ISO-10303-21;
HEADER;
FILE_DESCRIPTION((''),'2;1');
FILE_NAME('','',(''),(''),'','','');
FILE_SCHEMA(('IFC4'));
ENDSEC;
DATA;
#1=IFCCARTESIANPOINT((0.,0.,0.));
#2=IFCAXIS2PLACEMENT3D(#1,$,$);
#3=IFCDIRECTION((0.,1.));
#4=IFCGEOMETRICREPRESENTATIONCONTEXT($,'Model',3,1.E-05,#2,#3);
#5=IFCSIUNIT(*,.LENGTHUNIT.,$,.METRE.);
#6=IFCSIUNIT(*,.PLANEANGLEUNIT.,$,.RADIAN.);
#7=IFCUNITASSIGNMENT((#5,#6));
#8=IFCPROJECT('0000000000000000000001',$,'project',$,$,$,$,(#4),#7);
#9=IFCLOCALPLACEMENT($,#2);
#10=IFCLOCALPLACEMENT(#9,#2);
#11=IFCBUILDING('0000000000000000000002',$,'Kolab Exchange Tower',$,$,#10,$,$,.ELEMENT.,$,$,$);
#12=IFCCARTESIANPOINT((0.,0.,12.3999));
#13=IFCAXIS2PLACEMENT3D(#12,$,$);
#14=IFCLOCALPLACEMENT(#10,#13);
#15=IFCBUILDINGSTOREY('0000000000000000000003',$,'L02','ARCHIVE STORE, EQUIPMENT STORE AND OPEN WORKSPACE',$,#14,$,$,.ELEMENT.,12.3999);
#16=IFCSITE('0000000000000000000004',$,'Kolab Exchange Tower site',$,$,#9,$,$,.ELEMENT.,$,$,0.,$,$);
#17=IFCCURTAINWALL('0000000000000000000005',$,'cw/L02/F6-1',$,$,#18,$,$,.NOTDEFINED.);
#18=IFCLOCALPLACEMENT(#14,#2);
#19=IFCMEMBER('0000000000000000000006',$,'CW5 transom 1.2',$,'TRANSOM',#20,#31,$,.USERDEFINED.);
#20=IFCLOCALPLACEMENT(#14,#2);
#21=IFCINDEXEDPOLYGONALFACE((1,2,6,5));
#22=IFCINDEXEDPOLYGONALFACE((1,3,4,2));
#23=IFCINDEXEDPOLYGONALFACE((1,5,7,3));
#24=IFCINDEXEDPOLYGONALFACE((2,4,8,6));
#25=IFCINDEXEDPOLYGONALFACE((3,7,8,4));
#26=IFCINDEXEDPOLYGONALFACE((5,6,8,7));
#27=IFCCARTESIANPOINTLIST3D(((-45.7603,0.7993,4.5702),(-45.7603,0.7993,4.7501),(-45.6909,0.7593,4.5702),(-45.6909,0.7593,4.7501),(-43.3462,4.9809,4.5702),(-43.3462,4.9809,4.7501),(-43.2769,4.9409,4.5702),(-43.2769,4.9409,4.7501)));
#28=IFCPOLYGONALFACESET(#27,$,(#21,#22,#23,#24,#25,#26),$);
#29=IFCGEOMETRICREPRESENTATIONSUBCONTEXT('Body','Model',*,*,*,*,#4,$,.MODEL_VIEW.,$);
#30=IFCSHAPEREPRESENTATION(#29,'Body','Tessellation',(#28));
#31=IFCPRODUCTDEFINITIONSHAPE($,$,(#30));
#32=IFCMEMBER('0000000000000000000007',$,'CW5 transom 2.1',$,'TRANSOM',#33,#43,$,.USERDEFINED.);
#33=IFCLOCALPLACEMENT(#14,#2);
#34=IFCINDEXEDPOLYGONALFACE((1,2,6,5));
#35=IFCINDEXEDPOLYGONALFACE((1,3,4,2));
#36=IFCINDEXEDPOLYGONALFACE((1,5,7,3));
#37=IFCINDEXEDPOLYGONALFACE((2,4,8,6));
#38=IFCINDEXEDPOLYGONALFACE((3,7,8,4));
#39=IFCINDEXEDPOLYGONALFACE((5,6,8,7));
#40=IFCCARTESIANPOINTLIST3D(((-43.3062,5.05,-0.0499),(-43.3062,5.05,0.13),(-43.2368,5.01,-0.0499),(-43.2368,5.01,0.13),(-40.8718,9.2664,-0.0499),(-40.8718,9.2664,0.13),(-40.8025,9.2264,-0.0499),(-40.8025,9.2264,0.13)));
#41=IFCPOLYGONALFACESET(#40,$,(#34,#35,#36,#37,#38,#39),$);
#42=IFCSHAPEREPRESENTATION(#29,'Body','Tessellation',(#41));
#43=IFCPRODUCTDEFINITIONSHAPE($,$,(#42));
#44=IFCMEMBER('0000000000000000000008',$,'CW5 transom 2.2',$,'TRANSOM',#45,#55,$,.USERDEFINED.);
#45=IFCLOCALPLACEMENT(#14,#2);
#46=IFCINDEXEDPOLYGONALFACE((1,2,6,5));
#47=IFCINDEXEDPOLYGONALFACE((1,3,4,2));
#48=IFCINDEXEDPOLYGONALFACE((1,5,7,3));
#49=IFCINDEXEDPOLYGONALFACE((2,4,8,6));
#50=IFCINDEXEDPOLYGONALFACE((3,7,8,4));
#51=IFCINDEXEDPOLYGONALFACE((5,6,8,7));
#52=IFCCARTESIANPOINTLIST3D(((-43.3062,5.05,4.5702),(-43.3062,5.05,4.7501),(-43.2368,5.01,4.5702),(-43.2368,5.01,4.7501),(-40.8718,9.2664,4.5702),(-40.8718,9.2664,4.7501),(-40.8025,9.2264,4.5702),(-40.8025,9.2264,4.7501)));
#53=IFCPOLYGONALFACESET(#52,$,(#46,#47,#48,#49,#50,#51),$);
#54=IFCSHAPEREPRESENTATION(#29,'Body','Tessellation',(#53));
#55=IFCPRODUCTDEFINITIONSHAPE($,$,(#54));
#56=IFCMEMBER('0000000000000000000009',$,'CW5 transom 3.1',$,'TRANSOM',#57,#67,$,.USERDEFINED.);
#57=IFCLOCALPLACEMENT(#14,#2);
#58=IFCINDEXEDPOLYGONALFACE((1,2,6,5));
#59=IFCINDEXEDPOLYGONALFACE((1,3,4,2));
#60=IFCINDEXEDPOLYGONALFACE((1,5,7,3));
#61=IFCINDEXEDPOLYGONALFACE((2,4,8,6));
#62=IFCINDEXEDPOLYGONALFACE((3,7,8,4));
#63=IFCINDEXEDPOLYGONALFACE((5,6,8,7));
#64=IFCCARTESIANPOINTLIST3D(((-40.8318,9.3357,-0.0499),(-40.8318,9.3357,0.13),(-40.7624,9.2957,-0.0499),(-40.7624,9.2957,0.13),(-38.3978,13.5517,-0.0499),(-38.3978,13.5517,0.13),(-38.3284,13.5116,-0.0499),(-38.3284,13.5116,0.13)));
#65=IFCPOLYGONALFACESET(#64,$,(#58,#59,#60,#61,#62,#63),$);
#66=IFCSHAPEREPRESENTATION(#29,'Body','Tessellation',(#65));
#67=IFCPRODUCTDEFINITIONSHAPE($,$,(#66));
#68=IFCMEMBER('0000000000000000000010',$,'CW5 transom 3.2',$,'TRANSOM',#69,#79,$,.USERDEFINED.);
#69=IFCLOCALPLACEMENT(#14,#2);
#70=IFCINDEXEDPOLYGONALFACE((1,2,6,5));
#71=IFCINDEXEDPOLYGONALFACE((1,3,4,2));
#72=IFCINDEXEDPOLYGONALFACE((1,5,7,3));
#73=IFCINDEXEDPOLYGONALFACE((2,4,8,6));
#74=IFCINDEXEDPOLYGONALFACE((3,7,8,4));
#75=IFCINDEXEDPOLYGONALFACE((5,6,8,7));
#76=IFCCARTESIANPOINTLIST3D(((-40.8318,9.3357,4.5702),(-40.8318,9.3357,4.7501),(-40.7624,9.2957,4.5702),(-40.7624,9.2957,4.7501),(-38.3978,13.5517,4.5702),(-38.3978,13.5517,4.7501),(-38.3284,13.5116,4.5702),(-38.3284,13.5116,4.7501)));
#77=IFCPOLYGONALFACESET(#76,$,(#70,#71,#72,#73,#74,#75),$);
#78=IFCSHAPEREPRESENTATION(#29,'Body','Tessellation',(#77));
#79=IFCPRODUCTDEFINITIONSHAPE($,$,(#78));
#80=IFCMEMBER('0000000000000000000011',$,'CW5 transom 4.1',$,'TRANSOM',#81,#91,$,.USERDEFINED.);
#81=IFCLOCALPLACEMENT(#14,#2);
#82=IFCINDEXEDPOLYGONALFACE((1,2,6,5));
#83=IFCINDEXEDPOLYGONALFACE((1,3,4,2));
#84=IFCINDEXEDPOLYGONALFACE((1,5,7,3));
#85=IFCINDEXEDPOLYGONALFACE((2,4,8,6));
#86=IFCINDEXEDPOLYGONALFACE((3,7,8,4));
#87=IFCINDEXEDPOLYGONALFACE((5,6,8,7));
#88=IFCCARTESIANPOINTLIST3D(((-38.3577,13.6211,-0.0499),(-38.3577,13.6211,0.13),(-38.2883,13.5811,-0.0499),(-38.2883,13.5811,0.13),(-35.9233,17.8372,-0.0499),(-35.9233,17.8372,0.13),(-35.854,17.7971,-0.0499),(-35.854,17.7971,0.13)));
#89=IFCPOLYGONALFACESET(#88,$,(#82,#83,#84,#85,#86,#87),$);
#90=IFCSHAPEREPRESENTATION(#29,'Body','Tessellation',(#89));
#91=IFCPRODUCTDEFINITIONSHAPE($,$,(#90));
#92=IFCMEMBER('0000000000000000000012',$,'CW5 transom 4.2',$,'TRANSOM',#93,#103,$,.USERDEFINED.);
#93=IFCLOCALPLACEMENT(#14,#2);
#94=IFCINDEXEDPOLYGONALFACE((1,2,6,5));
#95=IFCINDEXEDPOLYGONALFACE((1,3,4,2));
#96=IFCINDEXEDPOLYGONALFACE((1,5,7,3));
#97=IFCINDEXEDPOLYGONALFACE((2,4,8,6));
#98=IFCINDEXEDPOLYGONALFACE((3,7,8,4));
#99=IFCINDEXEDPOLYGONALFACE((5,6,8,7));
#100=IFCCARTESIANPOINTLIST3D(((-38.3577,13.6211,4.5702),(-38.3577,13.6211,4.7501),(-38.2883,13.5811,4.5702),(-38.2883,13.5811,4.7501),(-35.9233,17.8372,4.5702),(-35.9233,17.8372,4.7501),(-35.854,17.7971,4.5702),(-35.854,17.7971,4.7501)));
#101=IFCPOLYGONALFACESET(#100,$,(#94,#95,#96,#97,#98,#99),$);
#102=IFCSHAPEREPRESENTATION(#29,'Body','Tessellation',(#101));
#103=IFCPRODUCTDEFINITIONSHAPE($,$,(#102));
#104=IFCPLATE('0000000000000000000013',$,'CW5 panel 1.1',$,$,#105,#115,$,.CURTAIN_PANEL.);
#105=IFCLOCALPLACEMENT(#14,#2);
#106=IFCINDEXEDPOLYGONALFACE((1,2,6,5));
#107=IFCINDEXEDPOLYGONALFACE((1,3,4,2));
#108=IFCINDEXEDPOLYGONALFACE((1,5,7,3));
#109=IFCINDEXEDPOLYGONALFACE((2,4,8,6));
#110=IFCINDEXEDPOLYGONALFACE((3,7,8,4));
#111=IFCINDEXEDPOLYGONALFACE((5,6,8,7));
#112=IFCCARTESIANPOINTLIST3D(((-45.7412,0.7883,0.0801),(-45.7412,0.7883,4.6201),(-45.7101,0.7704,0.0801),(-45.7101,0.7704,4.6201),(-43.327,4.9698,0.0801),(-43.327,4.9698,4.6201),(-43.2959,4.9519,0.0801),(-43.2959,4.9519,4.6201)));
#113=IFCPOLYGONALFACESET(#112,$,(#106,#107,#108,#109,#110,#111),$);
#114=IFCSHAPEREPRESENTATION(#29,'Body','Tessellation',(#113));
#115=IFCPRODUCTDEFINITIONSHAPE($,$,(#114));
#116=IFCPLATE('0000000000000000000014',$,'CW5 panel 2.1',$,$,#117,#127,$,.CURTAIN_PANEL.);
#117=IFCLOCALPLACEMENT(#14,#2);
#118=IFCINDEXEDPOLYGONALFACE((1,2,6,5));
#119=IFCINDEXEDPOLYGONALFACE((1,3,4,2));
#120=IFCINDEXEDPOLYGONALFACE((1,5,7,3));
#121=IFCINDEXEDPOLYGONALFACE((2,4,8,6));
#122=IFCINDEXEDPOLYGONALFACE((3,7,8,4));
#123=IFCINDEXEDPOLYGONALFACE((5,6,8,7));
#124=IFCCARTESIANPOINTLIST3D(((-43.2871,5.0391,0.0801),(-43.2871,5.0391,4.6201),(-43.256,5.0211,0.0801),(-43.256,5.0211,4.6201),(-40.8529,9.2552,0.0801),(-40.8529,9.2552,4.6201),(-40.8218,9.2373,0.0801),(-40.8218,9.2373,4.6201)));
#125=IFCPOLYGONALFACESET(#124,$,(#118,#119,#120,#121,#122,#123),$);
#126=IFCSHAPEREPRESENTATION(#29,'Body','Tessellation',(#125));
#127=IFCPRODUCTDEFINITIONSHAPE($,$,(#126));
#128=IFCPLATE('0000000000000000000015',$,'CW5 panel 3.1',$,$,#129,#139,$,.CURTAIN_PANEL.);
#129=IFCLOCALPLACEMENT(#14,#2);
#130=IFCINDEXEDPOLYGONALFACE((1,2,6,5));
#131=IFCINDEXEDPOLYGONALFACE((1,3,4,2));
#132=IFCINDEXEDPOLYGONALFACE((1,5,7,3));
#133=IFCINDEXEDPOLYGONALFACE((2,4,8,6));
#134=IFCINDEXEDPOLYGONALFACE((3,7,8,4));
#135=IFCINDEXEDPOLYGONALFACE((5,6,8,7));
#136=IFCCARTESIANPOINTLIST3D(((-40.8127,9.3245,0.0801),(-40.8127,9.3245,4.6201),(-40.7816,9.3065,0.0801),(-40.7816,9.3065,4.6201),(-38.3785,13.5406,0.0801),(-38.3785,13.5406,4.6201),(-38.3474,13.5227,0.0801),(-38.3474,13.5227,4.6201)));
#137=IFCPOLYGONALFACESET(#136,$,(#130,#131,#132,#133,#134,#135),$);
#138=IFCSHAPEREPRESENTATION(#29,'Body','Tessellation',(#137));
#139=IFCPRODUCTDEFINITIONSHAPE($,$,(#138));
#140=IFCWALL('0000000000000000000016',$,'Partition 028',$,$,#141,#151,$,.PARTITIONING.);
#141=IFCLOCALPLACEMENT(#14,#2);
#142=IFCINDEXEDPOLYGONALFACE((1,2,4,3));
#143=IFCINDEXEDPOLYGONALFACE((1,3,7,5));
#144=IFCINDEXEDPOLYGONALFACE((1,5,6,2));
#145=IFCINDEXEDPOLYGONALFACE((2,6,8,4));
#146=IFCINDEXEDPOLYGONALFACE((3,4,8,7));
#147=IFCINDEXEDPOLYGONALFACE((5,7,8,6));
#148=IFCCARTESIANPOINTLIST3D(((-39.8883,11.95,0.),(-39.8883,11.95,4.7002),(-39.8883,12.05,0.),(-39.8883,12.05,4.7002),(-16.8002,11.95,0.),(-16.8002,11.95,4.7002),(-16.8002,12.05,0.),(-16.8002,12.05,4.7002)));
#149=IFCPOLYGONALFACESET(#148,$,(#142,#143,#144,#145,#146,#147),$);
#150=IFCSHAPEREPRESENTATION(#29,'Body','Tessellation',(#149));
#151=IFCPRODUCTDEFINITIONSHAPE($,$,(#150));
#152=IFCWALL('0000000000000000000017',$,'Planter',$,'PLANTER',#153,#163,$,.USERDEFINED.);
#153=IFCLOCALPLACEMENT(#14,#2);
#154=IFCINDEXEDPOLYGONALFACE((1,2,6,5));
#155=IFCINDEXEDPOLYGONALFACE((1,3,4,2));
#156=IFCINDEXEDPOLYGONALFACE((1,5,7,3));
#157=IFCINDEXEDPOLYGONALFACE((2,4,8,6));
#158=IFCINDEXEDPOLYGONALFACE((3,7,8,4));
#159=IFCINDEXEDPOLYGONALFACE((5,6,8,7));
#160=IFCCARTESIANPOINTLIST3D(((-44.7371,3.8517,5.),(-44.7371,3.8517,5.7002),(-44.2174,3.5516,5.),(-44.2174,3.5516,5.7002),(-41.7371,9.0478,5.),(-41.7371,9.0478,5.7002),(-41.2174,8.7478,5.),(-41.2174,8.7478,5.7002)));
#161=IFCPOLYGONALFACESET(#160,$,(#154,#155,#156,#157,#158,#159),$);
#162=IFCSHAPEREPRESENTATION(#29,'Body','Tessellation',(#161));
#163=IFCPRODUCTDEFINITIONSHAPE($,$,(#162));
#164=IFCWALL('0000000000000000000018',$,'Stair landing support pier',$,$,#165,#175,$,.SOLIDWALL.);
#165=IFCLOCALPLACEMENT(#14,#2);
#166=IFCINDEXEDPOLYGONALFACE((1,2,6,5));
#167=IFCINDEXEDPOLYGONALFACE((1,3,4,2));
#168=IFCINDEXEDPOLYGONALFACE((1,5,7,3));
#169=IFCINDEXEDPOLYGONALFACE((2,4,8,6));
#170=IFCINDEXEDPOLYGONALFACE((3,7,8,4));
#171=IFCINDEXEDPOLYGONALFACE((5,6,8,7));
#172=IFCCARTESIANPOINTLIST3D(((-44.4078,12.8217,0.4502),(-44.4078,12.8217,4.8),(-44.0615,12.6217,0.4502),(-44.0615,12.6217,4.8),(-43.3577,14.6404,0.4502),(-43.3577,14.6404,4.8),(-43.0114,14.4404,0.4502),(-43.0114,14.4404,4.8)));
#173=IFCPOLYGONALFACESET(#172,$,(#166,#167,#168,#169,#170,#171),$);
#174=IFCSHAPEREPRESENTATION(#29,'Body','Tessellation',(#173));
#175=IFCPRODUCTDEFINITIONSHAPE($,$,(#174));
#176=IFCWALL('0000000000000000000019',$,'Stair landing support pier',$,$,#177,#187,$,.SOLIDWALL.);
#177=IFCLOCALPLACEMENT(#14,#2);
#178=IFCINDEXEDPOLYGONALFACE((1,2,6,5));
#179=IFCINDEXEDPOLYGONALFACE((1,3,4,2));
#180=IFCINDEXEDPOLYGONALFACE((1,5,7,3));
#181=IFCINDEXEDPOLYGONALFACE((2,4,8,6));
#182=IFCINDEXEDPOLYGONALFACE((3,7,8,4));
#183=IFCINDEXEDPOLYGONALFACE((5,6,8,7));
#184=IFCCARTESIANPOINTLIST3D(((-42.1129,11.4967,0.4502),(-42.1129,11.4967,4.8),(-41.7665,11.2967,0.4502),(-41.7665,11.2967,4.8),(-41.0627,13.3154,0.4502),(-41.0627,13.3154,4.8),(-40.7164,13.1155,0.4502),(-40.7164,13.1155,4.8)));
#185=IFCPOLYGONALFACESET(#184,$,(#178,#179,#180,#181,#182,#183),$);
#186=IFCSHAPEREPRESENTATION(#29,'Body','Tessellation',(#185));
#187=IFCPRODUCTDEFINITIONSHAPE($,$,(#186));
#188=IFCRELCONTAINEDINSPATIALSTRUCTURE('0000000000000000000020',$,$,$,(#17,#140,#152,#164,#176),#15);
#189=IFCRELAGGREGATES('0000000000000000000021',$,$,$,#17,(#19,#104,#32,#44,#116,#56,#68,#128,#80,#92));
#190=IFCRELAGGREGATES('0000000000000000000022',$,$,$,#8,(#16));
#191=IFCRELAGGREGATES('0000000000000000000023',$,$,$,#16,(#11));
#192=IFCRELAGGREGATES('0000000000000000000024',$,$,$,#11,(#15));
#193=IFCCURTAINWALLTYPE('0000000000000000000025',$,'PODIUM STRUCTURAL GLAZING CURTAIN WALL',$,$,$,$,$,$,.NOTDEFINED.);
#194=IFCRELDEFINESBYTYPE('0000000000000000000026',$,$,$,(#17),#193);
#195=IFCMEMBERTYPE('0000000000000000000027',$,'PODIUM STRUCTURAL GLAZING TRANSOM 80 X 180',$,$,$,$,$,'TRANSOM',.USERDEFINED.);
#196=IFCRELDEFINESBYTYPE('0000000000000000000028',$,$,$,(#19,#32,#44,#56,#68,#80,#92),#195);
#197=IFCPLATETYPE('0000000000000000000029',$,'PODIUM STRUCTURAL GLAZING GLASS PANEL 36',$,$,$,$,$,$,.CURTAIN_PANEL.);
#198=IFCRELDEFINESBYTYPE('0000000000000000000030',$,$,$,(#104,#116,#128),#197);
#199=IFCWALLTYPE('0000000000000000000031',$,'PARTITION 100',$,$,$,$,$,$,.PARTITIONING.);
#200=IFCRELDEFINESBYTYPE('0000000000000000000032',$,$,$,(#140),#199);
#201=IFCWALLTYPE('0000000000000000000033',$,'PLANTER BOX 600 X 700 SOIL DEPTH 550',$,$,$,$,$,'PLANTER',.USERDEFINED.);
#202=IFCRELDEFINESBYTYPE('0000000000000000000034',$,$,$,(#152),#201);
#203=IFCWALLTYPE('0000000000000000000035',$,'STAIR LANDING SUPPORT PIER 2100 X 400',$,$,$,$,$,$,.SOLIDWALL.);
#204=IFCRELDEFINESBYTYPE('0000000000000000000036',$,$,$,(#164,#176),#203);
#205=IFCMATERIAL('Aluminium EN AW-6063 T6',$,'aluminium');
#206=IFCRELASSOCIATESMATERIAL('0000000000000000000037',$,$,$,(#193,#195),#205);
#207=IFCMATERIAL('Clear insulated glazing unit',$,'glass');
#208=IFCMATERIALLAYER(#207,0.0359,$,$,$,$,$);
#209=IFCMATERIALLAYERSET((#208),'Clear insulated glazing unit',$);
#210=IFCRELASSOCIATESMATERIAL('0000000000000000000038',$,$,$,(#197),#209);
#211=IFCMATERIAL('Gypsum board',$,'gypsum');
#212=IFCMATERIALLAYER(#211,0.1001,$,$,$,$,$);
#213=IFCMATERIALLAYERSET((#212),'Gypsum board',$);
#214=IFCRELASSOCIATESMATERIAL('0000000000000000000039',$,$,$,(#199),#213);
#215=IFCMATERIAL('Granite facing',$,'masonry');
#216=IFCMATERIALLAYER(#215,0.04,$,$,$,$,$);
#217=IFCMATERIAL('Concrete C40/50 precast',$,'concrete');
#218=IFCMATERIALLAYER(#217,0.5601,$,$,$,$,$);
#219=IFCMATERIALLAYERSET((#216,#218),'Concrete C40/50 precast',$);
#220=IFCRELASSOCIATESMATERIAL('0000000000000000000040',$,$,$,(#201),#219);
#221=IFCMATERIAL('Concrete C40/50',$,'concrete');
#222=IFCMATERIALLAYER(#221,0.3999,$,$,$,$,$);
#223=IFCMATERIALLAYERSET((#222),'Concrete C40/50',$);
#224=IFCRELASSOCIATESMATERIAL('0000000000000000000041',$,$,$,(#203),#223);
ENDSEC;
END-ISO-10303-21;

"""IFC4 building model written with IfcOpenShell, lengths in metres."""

from ifc_helpers import new_model, si_unit, direction, frame, frame_2d, origin, origin_2d, place, context, subcontext, project, spatial, rectangle, extrude, material, layer, layer_set, material_profile, profile_set, type_object, element, aggregate, save


model = new_model("IFC4")

# Units and contexts
model_context = context("Model", 3, precision=1e-05, world=origin(), true_north=direction((0.0, 1.0)))
body_context = subcontext(model_context, "Body", "Model", "MODEL_VIEW")
ifc_project = project(units=[si_unit("LENGTHUNIT", "METRE"), si_unit("PLANEANGLEUNIT", "RADIAN")], contexts=[model_context])

# Site, building, storey
site_placement = place(None, origin())
site = spatial("IfcSite", under=ifc_project, at=site_placement, Name="Kolab Exchange Tower site", CompositionType="ELEMENT", RefElevation=0.0)
building_placement = place(site_placement, origin())
building = spatial("IfcBuilding", under=site, at=building_placement, Name="Kolab Exchange Tower", CompositionType="ELEMENT")
storey_placement = place(building_placement, frame((0.0, 0.0, 12.3999)))
storey = spatial("IfcBuildingStorey", under=building, at=storey_placement, Name="L02", Description="ARCHIVE STORE, EQUIPMENT STORE AND OPEN WORKSPACE", CompositionType="ELEMENT", Elevation=12.3999)

# Curtain wall
ifc_material_1 = material(Name="Aluminium EN AW-6063 T6", Category="aluminium")
curtain_wall_type = type_object("IfcCurtainWallType", Name="PODIUM STRUCTURAL GLAZING CURTAIN WALL", PredefinedType="NOTDEFINED", material=ifc_material_1)
curtain_wall_1_placement = place(storey_placement, origin())
curtain_wall_1 = element("IfcCurtainWall", 1, at=curtain_wall_1_placement, inside=storey, type_object=curtain_wall_type, Name="cw/L02/F6-1", PredefinedType="NOTDEFINED")

# Members
ifc_material_profile_1 = material_profile(ifc_material_1, rectangle(XDim=0.0801, YDim=0.1799, at=origin_2d()), Name="RECT 80X180")
ifc_profile_set_1 = profile_set([ifc_material_profile_1], Name="Aluminium EN AW-6063 T6")
member_type_1 = type_object("IfcMemberType", Name="PODIUM STRUCTURAL GLAZING TRANSOM 80 X 180", ElementType="TRANSOM", PredefinedType="USERDEFINED", material=ifc_profile_set_1)
member_1_placement = place(storey_placement, frame((-45.7256, 0.7793, 4.6602), z_axis=(0.499968, 0.866044, 0.0), x_axis=(-0.866044, 0.499968, 0.0)))
member_1 = element("IfcMember", 2, at=member_1_placement, type_object=member_type_1, Name="CW5 transom 1.2", ObjectType="TRANSOM", PredefinedType="USERDEFINED", context=body_context, shape_type="SweptSolid", body=[
    extrude(rectangle(XDim=0.0801, YDim=0.1799, at=origin_2d()), origin(), (0.0, 0.0, 1.0), 4.8284),
])
member_2_placement = place(storey_placement, frame((-43.2715, 5.03, 0.04), z_axis=(0.500006, 0.866022, 0.0), x_axis=(-0.866022, 0.500006, 0.0)))
member_2 = element("IfcMember", 3, at=member_2_placement, type_object=member_type_1, Name="CW5 transom 2.1", ObjectType="TRANSOM", PredefinedType="USERDEFINED", context=body_context, shape_type="SweptSolid", body=[
    extrude(rectangle(XDim=0.0801, YDim=0.1799, at=origin_2d()), origin(), (0.0, 0.0, 1.0), 4.8687),
])
member_3_placement = place(storey_placement, frame((-43.2715, 5.03, 4.6602), z_axis=(0.500006, 0.866022, 0.0), x_axis=(-0.866022, 0.500006, 0.0)))
member_3 = element("IfcMember", 4, at=member_3_placement, type_object=member_type_1, Name="CW5 transom 2.2", ObjectType="TRANSOM", PredefinedType="USERDEFINED", context=body_context, shape_type="SweptSolid", body=[
    extrude(rectangle(XDim=0.0801, YDim=0.1799, at=origin_2d()), origin(), (0.0, 0.0, 1.0), 4.8687),
])
member_4_placement = place(storey_placement, frame((-40.7971, 9.3157, 0.04), z_axis=(0.49999, 0.866031, 0.0), x_axis=(-0.866031, 0.49999, 0.0)))
member_4 = element("IfcMember", 5, at=member_4_placement, type_object=member_type_1, Name="CW5 transom 3.1", ObjectType="TRANSOM", PredefinedType="USERDEFINED", context=body_context, shape_type="SweptSolid", body=[
    extrude(rectangle(XDim=0.0801, YDim=0.1799, at=origin_2d()), origin(), (0.0, 0.0, 1.0), 4.8682),
])
member_5_placement = place(storey_placement, frame((-40.7971, 9.3157, 4.6602), z_axis=(0.49999, 0.866031, 0.0), x_axis=(-0.866031, 0.49999, 0.0)))
member_5 = element("IfcMember", 6, at=member_5_placement, type_object=member_type_1, Name="CW5 transom 3.2", ObjectType="TRANSOM", PredefinedType="USERDEFINED", context=body_context, shape_type="SweptSolid", body=[
    extrude(rectangle(XDim=0.0801, YDim=0.1799, at=origin_2d()), origin(), (0.0, 0.0, 1.0), 4.8682),
])
member_6_placement = place(storey_placement, frame((-38.323, 13.6011, 0.04), z_axis=(0.500028, 0.866009, 0.0), x_axis=(-0.866009, 0.500028, 0.0)))
member_6 = element("IfcMember", 7, at=member_6_placement, type_object=member_type_1, Name="CW5 transom 4.1", ObjectType="TRANSOM", PredefinedType="USERDEFINED", context=body_context, shape_type="SweptSolid", body=[
    extrude(rectangle(XDim=0.0801, YDim=0.1799, at=origin_2d()), origin(), (0.0, 0.0, 1.0), 4.8684),
])
member_7_placement = place(storey_placement, frame((-38.323, 13.6011, 4.6602), z_axis=(0.500028, 0.866009, 0.0), x_axis=(-0.866009, 0.500028, 0.0)))
member_7 = element("IfcMember", 8, at=member_7_placement, type_object=member_type_1, Name="CW5 transom 4.2", ObjectType="TRANSOM", PredefinedType="USERDEFINED", context=body_context, shape_type="SweptSolid", body=[
    extrude(rectangle(XDim=0.0801, YDim=0.1799, at=origin_2d()), origin(), (0.0, 0.0, 1.0), 4.8684),
])

# Plates
ifc_material_2 = material(Name="Clear insulated glazing unit", Category="glass")
ifc_layer_1 = layer(ifc_material_2, 0.0359)
ifc_layer_set_1 = layer_set([ifc_layer_1], Name="Clear insulated glazing unit")
plate_type = type_object("IfcPlateType", Name="PODIUM STRUCTURAL GLAZING GLASS PANEL 36", PredefinedType="CURTAIN_PANEL", material=ifc_layer_set_1)
plate_1_placement = place(storey_placement, frame((-44.5186, 2.8701, 0.0801), z_axis=(0.0, 0.0, 1.0), x_axis=(0.5, 0.866025, 0.0)))
plate_1 = element("IfcPlate", 9, at=plate_1_placement, type_object=plate_type, Name="CW5 panel 1.1", PredefinedType="CURTAIN_PANEL", context=body_context, shape_type="SweptSolid", body=[
    extrude(rectangle(XDim=4.8284, YDim=0.0359, at=origin_2d()), origin(), (0.0, 0.0, 1.0), 4.54),
])
plate_2_placement = place(storey_placement, frame((-42.0544, 7.1382, 0.0801), z_axis=(0.0, 0.0, 1.0), x_axis=(0.5, 0.866025, 0.0)))
plate_2 = element("IfcPlate", 10, at=plate_2_placement, type_object=plate_type, Name="CW5 panel 2.1", PredefinedType="CURTAIN_PANEL", context=body_context, shape_type="SweptSolid", body=[
    extrude(rectangle(XDim=4.8684, YDim=0.0359, at=origin_2d()), origin(), (0.0, 0.0, 1.0), 4.54),
])
plate_3_placement = place(storey_placement, frame((-39.5801, 11.4236, 0.0801), z_axis=(0.0, 0.0, 1.0), x_axis=(0.5, 0.866025, 0.0)))
plate_3 = element("IfcPlate", 11, at=plate_3_placement, type_object=plate_type, Name="CW5 panel 3.1", PredefinedType="CURTAIN_PANEL", context=body_context, shape_type="SweptSolid", body=[
    extrude(rectangle(XDim=4.8684, YDim=0.0359, at=origin_2d()), origin(), (0.0, 0.0, 1.0), 4.54),
])
aggregate(curtain_wall_1, [member_1, plate_1, member_2, member_3, plate_2, member_4, member_5, plate_3, member_6, member_7])

# Walls
ifc_material_3 = material(Name="Gypsum board", Category="gypsum")
ifc_layer_2 = layer(ifc_material_3, 0.1001)
ifc_layer_set_2 = layer_set([ifc_layer_2], Name="Gypsum board")
wall_type_1 = type_object("IfcWallType", Name="PARTITION 100", PredefinedType="PARTITIONING", material=ifc_layer_set_2)
wall_1_placement = place(storey_placement, frame((-39.8882, 12.0, 0.0), z_axis=(0.0, 0.0, 1.0), x_axis=(1.0, 0.0, 0.0)))
element("IfcWall", 12, at=wall_1_placement, inside=storey, type_object=wall_type_1, Name="Partition 028", PredefinedType="PARTITIONING", context=body_context, shape_type="SweptSolid", body=[
    extrude(rectangle(XDim=23.0881, YDim=0.1001, at=frame_2d((11.5439, 0.0))), origin(), (0.0, 0.0, 1.0), 4.7002),
])
ifc_material_4 = material(Name="Granite facing", Category="masonry")
ifc_layer_3 = layer(ifc_material_4, 0.04)
ifc_material_5 = material(Name="Concrete C40/50 precast", Category="concrete")
ifc_layer_4 = layer(ifc_material_5, 0.5601)
ifc_layer_set_3 = layer_set([ifc_layer_3, ifc_layer_4], Name="Concrete C40/50 precast")
wall_type_2 = type_object("IfcWallType", Name="PLANTER BOX 600 X 700 SOIL DEPTH 550", ElementType="PLANTER", PredefinedType="USERDEFINED", material=ifc_layer_set_3)
wall_2_placement = place(storey_placement, frame((-44.4773, 3.7017, 5.0), z_axis=(0.0, 0.0, 1.0), x_axis=(0.500008, 0.866021, 0.0)))
element("IfcWall", 13, at=wall_2_placement, inside=storey, type_object=wall_type_2, Name="Planter", ObjectType="PLANTER", PredefinedType="USERDEFINED", context=body_context, shape_type="SweptSolid", body=[
    extrude(rectangle(XDim=6.0, YDim=0.6001, at=frame_2d((3.0, 0.0))), origin(), (0.0, 0.0, 1.0), 0.7002),
])
ifc_material_6 = material(Name="Concrete C40/50", Category="concrete")
ifc_layer_5 = layer(ifc_material_6, 0.3999)
ifc_layer_set_4 = layer_set([ifc_layer_5], Name="Concrete C40/50")
wall_type_3 = type_object("IfcWallType", Name="STAIR LANDING SUPPORT PIER 2100 X 400", PredefinedType="SOLIDWALL", material=ifc_layer_set_4)
for number, where, z_axis, x_axis, name in (
    (14, (-44.2346, 12.7217, 0.4502), (0.0, 0.0, 1.0), (0.500028, 0.866009, 0.0), "Stair landing support pier"),
    (15, (-41.9397, 11.3967, 0.4502), (0.0, 0.0, 1.0), (0.500028, 0.866009, 0.0), "Stair landing support pier"),
):
    element("IfcWall", number, at=place(storey_placement, frame(where, z_axis=z_axis, x_axis=x_axis)), inside=storey, type_object=wall_type_3, Name=name, PredefinedType="SOLIDWALL", context=body_context, shape_type="SweptSolid", body=[
        extrude(rectangle(XDim=2.1001, YDim=0.3999, at=frame_2d((1.05, 0.0))), origin(), (0.0, 0.0, 1.0), 4.3499),
    ])

save(model, "model.ifc")
